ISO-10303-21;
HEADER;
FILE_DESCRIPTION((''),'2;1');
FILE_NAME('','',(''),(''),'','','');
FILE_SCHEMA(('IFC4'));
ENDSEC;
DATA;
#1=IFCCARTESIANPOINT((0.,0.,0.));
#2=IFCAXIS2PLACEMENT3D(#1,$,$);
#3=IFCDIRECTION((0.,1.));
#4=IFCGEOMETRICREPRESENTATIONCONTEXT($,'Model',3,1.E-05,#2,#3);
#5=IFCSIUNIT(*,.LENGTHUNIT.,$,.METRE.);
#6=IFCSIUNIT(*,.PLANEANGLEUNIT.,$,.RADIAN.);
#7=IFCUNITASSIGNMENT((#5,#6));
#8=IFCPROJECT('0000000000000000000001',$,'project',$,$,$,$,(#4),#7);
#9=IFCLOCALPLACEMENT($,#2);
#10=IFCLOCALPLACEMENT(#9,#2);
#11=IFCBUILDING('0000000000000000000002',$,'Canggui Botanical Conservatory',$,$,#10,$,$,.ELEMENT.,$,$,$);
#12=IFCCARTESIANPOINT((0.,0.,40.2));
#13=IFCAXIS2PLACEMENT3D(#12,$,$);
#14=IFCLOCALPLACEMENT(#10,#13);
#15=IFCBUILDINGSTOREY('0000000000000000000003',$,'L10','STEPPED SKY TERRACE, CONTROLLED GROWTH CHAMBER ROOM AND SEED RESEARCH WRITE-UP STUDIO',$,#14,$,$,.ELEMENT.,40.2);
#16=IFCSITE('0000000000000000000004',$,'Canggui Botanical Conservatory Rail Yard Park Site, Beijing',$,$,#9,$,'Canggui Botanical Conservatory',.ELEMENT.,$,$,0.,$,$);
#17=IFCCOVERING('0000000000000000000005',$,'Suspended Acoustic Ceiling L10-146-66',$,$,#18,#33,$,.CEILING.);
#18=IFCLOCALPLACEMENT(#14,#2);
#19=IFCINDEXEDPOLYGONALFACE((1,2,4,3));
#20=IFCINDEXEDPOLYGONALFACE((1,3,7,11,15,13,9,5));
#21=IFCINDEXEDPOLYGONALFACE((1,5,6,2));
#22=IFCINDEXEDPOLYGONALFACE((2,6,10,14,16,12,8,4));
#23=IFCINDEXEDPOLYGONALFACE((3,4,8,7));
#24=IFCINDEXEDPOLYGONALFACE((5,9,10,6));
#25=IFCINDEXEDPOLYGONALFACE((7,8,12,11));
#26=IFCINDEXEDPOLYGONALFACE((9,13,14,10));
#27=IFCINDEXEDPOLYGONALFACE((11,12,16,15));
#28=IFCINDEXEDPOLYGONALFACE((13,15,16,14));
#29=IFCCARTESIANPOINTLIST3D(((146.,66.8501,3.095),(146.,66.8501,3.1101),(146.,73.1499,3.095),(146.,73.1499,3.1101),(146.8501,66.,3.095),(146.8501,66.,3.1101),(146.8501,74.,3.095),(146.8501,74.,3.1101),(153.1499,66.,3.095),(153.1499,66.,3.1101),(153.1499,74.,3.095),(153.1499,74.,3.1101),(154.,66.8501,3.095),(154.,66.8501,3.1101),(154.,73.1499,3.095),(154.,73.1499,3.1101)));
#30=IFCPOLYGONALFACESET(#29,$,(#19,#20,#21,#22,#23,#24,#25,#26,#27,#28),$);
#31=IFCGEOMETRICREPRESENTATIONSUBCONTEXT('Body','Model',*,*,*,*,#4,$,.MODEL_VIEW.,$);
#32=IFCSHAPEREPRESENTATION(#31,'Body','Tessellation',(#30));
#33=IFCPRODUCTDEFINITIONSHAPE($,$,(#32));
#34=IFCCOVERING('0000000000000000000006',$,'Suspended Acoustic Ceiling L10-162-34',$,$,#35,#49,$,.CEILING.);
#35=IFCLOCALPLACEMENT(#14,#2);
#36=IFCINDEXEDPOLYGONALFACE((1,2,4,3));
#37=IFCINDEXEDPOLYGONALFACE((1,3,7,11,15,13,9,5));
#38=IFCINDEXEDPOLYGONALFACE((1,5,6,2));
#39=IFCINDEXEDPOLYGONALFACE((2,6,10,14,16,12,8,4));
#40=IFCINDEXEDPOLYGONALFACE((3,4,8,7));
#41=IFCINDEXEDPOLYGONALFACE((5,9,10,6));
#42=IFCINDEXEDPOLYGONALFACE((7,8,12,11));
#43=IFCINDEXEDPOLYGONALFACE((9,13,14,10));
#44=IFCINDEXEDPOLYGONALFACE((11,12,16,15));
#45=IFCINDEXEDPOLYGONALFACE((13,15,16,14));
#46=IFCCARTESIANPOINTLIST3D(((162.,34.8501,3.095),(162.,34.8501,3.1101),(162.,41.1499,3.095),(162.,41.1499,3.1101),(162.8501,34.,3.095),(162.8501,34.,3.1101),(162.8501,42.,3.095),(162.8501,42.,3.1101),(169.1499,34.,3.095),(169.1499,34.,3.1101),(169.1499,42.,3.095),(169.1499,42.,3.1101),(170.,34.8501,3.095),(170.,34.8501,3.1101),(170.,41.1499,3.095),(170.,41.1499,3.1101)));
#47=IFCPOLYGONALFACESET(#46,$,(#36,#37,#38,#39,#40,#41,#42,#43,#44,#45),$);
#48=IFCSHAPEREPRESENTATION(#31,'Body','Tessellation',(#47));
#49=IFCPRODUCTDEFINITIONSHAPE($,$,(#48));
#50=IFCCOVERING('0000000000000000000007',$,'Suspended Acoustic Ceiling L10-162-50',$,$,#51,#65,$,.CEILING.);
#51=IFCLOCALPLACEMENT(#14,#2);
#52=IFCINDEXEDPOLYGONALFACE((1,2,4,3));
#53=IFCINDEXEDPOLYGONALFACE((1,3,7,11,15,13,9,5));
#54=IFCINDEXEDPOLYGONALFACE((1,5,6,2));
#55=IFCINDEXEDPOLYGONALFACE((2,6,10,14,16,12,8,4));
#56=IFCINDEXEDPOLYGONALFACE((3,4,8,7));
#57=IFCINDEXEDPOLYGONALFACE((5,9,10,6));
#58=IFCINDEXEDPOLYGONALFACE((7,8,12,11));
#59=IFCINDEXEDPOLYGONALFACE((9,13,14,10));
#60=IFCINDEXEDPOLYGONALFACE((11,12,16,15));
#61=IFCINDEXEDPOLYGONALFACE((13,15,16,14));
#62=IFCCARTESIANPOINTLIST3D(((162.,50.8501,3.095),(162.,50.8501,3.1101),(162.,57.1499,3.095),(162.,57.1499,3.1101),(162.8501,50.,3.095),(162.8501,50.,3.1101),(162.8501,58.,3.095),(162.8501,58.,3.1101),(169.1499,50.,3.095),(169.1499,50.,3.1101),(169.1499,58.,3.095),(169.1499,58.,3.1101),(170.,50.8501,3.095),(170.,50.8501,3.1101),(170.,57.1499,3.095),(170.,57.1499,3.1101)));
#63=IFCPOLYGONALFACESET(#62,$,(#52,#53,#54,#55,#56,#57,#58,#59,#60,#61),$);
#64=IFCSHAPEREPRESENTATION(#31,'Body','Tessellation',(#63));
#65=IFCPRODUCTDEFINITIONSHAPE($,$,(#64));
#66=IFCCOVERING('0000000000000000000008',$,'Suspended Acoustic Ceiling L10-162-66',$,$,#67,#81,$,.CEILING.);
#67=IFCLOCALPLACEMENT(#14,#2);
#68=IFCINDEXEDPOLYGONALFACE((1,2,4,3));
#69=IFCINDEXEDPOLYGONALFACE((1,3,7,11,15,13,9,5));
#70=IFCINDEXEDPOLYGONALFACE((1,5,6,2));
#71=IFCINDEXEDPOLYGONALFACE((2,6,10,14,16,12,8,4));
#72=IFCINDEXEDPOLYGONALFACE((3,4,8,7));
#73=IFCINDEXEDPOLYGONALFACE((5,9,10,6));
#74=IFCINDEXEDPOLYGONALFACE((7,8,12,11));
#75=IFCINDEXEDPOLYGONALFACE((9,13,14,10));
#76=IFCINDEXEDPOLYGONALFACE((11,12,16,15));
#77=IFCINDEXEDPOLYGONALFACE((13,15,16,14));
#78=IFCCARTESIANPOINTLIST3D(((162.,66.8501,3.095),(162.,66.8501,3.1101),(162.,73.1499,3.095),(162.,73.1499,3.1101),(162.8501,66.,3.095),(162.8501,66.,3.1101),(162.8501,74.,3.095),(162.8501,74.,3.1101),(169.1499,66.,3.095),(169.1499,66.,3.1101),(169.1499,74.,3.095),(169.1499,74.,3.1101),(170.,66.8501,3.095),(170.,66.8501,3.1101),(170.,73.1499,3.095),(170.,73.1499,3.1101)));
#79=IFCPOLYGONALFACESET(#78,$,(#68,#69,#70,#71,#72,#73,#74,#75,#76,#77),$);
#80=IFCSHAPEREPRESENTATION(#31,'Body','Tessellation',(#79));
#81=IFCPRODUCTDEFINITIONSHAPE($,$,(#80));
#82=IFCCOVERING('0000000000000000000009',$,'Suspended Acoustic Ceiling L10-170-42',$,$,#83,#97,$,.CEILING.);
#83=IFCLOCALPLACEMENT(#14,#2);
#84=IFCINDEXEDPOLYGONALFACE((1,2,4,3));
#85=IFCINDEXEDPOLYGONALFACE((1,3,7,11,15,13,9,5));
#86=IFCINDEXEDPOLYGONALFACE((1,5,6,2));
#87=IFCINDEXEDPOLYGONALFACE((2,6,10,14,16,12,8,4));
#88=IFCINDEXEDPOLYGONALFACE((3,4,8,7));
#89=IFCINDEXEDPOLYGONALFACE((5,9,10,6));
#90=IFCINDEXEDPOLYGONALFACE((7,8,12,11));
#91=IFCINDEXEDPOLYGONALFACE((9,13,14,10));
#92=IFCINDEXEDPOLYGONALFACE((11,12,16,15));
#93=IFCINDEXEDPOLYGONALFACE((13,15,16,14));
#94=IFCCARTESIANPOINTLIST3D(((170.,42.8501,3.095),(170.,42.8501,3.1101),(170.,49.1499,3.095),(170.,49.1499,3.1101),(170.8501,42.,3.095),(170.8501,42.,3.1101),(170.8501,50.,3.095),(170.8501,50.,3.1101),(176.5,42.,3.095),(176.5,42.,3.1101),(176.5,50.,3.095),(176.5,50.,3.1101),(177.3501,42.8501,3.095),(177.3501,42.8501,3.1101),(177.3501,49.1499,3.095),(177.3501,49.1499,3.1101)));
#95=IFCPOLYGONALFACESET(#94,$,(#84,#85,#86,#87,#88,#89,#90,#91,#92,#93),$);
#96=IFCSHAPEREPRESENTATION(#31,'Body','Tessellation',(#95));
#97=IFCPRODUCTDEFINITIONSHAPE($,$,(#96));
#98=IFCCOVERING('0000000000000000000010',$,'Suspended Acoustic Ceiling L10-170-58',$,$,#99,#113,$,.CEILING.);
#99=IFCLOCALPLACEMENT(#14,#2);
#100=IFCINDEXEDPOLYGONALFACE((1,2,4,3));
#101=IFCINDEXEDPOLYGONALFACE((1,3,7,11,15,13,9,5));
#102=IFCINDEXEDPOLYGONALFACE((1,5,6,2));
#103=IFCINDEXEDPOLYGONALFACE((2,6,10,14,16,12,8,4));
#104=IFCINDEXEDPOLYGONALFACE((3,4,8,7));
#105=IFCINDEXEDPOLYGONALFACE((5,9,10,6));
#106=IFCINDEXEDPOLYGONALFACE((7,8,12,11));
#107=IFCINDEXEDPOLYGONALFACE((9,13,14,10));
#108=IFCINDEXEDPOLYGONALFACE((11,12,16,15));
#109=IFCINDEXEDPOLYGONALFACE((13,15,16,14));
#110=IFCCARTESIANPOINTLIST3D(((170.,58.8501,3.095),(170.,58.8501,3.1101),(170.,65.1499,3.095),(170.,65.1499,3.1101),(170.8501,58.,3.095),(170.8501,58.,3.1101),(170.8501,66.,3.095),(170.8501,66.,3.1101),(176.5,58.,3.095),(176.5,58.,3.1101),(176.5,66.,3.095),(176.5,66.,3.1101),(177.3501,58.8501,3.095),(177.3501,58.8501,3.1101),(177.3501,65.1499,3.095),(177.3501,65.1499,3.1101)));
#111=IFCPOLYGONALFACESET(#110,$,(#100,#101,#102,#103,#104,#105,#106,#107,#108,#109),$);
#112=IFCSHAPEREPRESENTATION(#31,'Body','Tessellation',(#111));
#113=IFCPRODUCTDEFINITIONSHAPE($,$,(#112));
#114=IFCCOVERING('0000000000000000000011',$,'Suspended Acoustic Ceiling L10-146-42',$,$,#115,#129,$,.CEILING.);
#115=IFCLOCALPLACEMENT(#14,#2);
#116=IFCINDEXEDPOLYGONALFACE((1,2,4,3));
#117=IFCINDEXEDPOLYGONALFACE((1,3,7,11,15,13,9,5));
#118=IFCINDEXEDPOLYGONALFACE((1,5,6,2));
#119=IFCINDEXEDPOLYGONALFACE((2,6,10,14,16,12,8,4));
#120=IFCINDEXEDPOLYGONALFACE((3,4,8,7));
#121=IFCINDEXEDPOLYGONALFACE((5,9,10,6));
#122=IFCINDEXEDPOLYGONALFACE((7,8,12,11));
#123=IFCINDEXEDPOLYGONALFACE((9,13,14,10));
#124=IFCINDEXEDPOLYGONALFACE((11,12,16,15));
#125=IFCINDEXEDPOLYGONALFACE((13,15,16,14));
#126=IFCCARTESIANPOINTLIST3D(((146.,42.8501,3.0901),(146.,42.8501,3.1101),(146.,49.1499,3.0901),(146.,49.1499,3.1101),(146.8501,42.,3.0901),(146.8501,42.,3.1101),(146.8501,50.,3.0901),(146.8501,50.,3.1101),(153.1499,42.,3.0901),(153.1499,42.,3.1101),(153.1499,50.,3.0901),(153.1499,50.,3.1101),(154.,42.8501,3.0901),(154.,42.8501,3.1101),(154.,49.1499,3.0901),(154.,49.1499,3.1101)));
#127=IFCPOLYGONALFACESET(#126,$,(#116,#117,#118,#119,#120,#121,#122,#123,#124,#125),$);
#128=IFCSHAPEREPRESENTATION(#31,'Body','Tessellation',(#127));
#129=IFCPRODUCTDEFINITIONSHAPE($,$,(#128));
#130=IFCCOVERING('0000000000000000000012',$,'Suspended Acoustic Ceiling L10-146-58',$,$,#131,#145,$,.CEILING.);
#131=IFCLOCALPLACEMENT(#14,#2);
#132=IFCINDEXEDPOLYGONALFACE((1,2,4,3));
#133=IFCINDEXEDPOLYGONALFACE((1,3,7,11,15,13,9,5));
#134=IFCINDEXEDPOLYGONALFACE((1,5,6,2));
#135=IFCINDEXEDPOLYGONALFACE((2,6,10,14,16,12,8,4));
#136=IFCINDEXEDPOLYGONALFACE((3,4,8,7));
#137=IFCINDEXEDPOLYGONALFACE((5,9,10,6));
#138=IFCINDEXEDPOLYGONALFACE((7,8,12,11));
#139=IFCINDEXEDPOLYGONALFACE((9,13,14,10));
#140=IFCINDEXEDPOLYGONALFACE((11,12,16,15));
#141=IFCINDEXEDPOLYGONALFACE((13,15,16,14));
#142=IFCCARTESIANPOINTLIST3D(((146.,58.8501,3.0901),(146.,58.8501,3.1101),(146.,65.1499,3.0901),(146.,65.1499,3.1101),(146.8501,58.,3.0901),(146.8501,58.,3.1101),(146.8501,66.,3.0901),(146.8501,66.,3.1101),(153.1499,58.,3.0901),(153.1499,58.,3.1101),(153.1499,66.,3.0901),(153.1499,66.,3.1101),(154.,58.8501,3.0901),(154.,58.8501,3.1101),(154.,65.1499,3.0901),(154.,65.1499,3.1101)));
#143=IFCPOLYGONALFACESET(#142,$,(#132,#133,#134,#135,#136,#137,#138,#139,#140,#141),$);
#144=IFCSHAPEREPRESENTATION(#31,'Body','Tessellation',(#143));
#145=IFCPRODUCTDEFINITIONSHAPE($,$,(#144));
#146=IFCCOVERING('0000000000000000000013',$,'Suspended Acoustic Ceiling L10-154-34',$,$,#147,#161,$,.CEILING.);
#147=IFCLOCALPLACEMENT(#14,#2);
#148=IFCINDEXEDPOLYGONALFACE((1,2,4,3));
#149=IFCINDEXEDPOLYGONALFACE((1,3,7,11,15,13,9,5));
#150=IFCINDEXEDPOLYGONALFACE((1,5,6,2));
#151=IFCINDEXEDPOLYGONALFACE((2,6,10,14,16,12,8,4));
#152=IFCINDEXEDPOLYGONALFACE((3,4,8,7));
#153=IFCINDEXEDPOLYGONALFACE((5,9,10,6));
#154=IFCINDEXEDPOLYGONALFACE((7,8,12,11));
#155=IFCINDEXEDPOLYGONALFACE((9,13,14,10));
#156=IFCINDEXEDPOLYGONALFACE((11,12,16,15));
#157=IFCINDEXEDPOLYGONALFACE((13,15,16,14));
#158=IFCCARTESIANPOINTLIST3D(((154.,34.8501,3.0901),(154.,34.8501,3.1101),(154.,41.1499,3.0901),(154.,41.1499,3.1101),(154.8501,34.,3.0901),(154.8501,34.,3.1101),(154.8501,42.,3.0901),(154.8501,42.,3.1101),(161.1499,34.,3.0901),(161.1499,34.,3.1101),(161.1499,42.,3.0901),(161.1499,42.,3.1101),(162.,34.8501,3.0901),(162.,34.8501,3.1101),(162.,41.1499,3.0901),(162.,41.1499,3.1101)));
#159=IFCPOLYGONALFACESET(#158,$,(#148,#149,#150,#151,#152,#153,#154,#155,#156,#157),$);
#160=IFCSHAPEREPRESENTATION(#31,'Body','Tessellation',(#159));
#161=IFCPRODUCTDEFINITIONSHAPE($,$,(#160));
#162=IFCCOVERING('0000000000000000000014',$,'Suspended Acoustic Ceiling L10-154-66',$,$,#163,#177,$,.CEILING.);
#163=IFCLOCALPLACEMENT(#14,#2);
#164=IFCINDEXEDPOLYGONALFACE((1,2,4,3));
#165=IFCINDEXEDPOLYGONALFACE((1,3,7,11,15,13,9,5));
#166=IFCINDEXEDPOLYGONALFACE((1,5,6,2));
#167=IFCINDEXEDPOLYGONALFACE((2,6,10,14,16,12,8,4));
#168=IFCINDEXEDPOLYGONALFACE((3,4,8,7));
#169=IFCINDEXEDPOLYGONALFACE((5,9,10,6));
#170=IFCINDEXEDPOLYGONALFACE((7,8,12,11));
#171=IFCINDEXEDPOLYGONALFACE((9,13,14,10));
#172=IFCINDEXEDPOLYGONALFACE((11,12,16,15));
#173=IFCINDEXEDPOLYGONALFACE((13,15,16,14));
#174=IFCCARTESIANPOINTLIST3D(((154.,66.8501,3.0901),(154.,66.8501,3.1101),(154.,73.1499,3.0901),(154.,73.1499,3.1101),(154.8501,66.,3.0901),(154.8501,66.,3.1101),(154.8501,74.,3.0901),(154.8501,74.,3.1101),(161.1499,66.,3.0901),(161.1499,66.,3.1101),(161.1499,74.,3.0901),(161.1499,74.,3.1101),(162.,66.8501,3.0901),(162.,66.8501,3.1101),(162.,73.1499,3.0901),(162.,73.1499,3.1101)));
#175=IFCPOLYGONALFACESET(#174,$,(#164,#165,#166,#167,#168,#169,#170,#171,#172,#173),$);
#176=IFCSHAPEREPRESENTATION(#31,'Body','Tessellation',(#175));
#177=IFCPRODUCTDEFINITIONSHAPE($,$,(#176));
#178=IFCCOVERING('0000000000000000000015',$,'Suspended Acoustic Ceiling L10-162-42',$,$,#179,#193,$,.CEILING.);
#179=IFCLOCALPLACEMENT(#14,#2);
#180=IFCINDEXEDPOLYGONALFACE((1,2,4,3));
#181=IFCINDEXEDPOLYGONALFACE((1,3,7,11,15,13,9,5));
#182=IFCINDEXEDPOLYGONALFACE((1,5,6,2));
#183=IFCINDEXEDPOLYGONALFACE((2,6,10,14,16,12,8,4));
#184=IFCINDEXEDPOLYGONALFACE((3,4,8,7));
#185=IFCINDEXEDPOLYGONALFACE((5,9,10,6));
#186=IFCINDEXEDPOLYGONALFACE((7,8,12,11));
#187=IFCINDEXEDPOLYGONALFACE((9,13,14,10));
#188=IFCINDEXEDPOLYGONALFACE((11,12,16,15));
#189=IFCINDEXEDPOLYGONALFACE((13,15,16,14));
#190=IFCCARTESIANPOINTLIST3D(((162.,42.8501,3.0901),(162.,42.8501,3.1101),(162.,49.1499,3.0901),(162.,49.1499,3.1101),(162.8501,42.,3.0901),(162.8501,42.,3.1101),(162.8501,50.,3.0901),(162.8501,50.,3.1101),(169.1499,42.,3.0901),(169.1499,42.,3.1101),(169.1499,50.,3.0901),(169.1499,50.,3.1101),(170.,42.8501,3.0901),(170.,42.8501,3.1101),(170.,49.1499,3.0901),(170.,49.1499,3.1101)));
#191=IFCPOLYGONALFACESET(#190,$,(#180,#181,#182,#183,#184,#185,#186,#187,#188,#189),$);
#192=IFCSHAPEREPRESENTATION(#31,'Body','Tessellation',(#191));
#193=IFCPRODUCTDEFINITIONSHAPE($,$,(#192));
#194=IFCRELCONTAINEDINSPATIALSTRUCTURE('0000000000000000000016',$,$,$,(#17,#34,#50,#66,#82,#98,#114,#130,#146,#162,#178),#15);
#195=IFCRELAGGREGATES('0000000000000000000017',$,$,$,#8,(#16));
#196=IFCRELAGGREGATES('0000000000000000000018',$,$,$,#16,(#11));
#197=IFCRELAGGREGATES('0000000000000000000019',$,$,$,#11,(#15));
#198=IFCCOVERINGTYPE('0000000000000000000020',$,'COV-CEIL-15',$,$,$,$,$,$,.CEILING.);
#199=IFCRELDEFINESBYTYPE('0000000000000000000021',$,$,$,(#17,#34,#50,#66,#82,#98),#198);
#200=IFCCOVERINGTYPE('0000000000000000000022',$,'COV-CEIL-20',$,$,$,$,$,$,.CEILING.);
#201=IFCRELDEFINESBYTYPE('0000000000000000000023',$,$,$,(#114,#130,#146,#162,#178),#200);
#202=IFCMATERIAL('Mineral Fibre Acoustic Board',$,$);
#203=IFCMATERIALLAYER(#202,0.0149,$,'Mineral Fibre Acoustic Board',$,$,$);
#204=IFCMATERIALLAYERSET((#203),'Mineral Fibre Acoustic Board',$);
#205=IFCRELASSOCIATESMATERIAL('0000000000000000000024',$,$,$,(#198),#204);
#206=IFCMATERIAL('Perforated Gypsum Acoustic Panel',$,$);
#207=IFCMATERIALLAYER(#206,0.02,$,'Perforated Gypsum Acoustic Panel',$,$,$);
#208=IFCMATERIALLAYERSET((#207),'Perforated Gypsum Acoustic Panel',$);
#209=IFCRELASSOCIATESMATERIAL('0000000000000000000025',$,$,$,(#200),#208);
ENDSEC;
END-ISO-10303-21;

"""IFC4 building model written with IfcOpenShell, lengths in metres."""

from ifc_helpers import new_model, si_unit, direction, frame, origin, place, context, subcontext, project, spatial, polyline, outline, extrude, material, layer, layer_set, type_object, element, save


model = new_model("IFC4")

# Units and contexts
model_context = context("Model", 3, precision=1e-05, world=origin(), true_north=direction((0.0, 1.0)))
body_context = subcontext(model_context, "Body", "Model", "MODEL_VIEW")
ifc_project = project(units=[si_unit("LENGTHUNIT", "METRE"), si_unit("PLANEANGLEUNIT", "RADIAN")], contexts=[model_context])

# Site, building, storey
site_placement = place(None, origin())
site = spatial("IfcSite", under=ifc_project, at=site_placement, Name="Canggui Botanical Conservatory Rail Yard Park Site, Beijing", LongName="Canggui Botanical Conservatory", CompositionType="ELEMENT", RefElevation=0.0)
building_placement = place(site_placement, origin())
building = spatial("IfcBuilding", under=site, at=building_placement, Name="Canggui Botanical Conservatory", CompositionType="ELEMENT")
storey_placement = place(building_placement, frame((0.0, 0.0, 40.2)))
storey = spatial("IfcBuildingStorey", under=building, at=storey_placement, Name="L10", Description="STEPPED SKY TERRACE, CONTROLLED GROWTH CHAMBER ROOM AND SEED RESEARCH WRITE-UP STUDIO", CompositionType="ELEMENT", Elevation=40.2)

# Coverings
ifc_material_1 = material(Name="Mineral Fibre Acoustic Board")
ifc_layer_1 = layer(ifc_material_1, 0.0149, Name="Mineral Fibre Acoustic Board")
ifc_layer_set_1 = layer_set([ifc_layer_1], Name="Mineral Fibre Acoustic Board")
covering_type_1 = type_object("IfcCoveringType", Name="COV-CEIL-15", PredefinedType="CEILING", material=ifc_layer_set_1)
covering_1_placement = place(storey_placement, frame((0.0, 0.0, 3.095)))
element("IfcCovering", 1, at=covering_1_placement, inside=storey, type_object=covering_type_1, Name="Suspended Acoustic Ceiling L10-146-66", PredefinedType="CEILING", context=body_context, shape_type="SweptSolid", body=[
    extrude(outline(polyline([(146.8501, 66.0), (153.1499, 66.0), (154.0, 66.8501), (154.0, 73.1499), (153.1499, 74.0), (146.8501, 74.0), (146.0, 73.1499), (146.0, 66.8501), (146.8501, 66.0)])), origin(), (0.0, 0.0, 1.0), 0.0151),
])
covering_2_placement = place(storey_placement, frame((0.0, 0.0, 3.095)))
element("IfcCovering", 2, at=covering_2_placement, inside=storey, type_object=covering_type_1, Name="Suspended Acoustic Ceiling L10-162-34", PredefinedType="CEILING", context=body_context, shape_type="SweptSolid", body=[
    extrude(outline(polyline([(162.8501, 34.0), (169.1499, 34.0), (170.0, 34.8501), (170.0, 41.1499), (169.1499, 42.0), (162.8501, 42.0), (162.0, 41.1499), (162.0, 34.8501), (162.8501, 34.0)])), origin(), (0.0, 0.0, 1.0), 0.0151),
])
covering_3_placement = place(storey_placement, frame((0.0, 0.0, 3.095)))
element("IfcCovering", 3, at=covering_3_placement, inside=storey, type_object=covering_type_1, Name="Suspended Acoustic Ceiling L10-162-50", PredefinedType="CEILING", context=body_context, shape_type="SweptSolid", body=[
    extrude(outline(polyline([(162.8501, 50.0), (169.1499, 50.0), (170.0, 50.8501), (170.0, 57.1499), (169.1499, 58.0), (162.8501, 58.0), (162.0, 57.1499), (162.0, 50.8501), (162.8501, 50.0)])), origin(), (0.0, 0.0, 1.0), 0.0151),
])
covering_4_placement = place(storey_placement, frame((0.0, 0.0, 3.095)))
element("IfcCovering", 4, at=covering_4_placement, inside=storey, type_object=covering_type_1, Name="Suspended Acoustic Ceiling L10-162-66", PredefinedType="CEILING", context=body_context, shape_type="SweptSolid", body=[
    extrude(outline(polyline([(162.8501, 66.0), (169.1499, 66.0), (170.0, 66.8501), (170.0, 73.1499), (169.1499, 74.0), (162.8501, 74.0), (162.0, 73.1499), (162.0, 66.8501), (162.8501, 66.0)])), origin(), (0.0, 0.0, 1.0), 0.0151),
])
covering_5_placement = place(storey_placement, frame((0.0, 0.0, 3.095)))
element("IfcCovering", 5, at=covering_5_placement, inside=storey, type_object=covering_type_1, Name="Suspended Acoustic Ceiling L10-170-42", PredefinedType="CEILING", context=body_context, shape_type="SweptSolid", body=[
    extrude(outline(polyline([(170.8501, 42.0), (176.5, 42.0), (177.3501, 42.8501), (177.3501, 49.1499), (176.5, 50.0), (170.8501, 50.0), (170.0, 49.1499), (170.0, 42.8501), (170.8501, 42.0)])), origin(), (0.0, 0.0, 1.0), 0.0151),
])
covering_6_placement = place(storey_placement, frame((0.0, 0.0, 3.095)))
element("IfcCovering", 6, at=covering_6_placement, inside=storey, type_object=covering_type_1, Name="Suspended Acoustic Ceiling L10-170-58", PredefinedType="CEILING", context=body_context, shape_type="SweptSolid", body=[
    extrude(outline(polyline([(170.8501, 58.0), (176.5, 58.0), (177.3501, 58.8501), (177.3501, 65.1499), (176.5, 66.0), (170.8501, 66.0), (170.0, 65.1499), (170.0, 58.8501), (170.8501, 58.0)])), origin(), (0.0, 0.0, 1.0), 0.0151),
])
ifc_material_2 = material(Name="Perforated Gypsum Acoustic Panel")
ifc_layer_2 = layer(ifc_material_2, 0.02, Name="Perforated Gypsum Acoustic Panel")
ifc_layer_set_2 = layer_set([ifc_layer_2], Name="Perforated Gypsum Acoustic Panel")
covering_type_2 = type_object("IfcCoveringType", Name="COV-CEIL-20", PredefinedType="CEILING", material=ifc_layer_set_2)
covering_7_placement = place(storey_placement, frame((0.0, 0.0, 3.0901)))
element("IfcCovering", 7, at=covering_7_placement, inside=storey, type_object=covering_type_2, Name="Suspended Acoustic Ceiling L10-146-42", PredefinedType="CEILING", context=body_context, shape_type="SweptSolid", body=[
    extrude(outline(polyline([(146.8501, 42.0), (153.1499, 42.0), (154.0, 42.8501), (154.0, 49.1499), (153.1499, 50.0), (146.8501, 50.0), (146.0, 49.1499), (146.0, 42.8501), (146.8501, 42.0)])), origin(), (0.0, 0.0, 1.0), 0.02),
])
covering_8_placement = place(storey_placement, frame((0.0, 0.0, 3.0901)))
element("IfcCovering", 8, at=covering_8_placement, inside=storey, type_object=covering_type_2, Name="Suspended Acoustic Ceiling L10-146-58", PredefinedType="CEILING", context=body_context, shape_type="SweptSolid", body=[
    extrude(outline(polyline([(146.8501, 58.0), (153.1499, 58.0), (154.0, 58.8501), (154.0, 65.1499), (153.1499, 66.0), (146.8501, 66.0), (146.0, 65.1499), (146.0, 58.8501), (146.8501, 58.0)])), origin(), (0.0, 0.0, 1.0), 0.02),
])
covering_9_placement = place(storey_placement, frame((0.0, 0.0, 3.0901)))
element("IfcCovering", 9, at=covering_9_placement, inside=storey, type_object=covering_type_2, Name="Suspended Acoustic Ceiling L10-154-34", PredefinedType="CEILING", context=body_context, shape_type="SweptSolid", body=[
    extrude(outline(polyline([(154.8501, 34.0), (161.1499, 34.0), (162.0, 34.8501), (162.0, 41.1499), (161.1499, 42.0), (154.8501, 42.0), (154.0, 41.1499), (154.0, 34.8501), (154.8501, 34.0)])), origin(), (0.0, 0.0, 1.0), 0.02),
])
covering_10_placement = place(storey_placement, frame((0.0, 0.0, 3.0901)))
element("IfcCovering", 10, at=covering_10_placement, inside=storey, type_object=covering_type_2, Name="Suspended Acoustic Ceiling L10-154-66", PredefinedType="CEILING", context=body_context, shape_type="SweptSolid", body=[
    extrude(outline(polyline([(154.8501, 66.0), (161.1499, 66.0), (162.0, 66.8501), (162.0, 73.1499), (161.1499, 74.0), (154.8501, 74.0), (154.0, 73.1499), (154.0, 66.8501), (154.8501, 66.0)])), origin(), (0.0, 0.0, 1.0), 0.02),
])
covering_11_placement = place(storey_placement, frame((0.0, 0.0, 3.0901)))
element("IfcCovering", 11, at=covering_11_placement, inside=storey, type_object=covering_type_2, Name="Suspended Acoustic Ceiling L10-162-42", PredefinedType="CEILING", context=body_context, shape_type="SweptSolid", body=[
    extrude(outline(polyline([(162.8501, 42.0), (169.1499, 42.0), (170.0, 42.8501), (170.0, 49.1499), (169.1499, 50.0), (162.8501, 50.0), (162.0, 49.1499), (162.0, 42.8501), (162.8501, 42.0)])), origin(), (0.0, 0.0, 1.0), 0.02),
])

save(model, "model.ifc")
